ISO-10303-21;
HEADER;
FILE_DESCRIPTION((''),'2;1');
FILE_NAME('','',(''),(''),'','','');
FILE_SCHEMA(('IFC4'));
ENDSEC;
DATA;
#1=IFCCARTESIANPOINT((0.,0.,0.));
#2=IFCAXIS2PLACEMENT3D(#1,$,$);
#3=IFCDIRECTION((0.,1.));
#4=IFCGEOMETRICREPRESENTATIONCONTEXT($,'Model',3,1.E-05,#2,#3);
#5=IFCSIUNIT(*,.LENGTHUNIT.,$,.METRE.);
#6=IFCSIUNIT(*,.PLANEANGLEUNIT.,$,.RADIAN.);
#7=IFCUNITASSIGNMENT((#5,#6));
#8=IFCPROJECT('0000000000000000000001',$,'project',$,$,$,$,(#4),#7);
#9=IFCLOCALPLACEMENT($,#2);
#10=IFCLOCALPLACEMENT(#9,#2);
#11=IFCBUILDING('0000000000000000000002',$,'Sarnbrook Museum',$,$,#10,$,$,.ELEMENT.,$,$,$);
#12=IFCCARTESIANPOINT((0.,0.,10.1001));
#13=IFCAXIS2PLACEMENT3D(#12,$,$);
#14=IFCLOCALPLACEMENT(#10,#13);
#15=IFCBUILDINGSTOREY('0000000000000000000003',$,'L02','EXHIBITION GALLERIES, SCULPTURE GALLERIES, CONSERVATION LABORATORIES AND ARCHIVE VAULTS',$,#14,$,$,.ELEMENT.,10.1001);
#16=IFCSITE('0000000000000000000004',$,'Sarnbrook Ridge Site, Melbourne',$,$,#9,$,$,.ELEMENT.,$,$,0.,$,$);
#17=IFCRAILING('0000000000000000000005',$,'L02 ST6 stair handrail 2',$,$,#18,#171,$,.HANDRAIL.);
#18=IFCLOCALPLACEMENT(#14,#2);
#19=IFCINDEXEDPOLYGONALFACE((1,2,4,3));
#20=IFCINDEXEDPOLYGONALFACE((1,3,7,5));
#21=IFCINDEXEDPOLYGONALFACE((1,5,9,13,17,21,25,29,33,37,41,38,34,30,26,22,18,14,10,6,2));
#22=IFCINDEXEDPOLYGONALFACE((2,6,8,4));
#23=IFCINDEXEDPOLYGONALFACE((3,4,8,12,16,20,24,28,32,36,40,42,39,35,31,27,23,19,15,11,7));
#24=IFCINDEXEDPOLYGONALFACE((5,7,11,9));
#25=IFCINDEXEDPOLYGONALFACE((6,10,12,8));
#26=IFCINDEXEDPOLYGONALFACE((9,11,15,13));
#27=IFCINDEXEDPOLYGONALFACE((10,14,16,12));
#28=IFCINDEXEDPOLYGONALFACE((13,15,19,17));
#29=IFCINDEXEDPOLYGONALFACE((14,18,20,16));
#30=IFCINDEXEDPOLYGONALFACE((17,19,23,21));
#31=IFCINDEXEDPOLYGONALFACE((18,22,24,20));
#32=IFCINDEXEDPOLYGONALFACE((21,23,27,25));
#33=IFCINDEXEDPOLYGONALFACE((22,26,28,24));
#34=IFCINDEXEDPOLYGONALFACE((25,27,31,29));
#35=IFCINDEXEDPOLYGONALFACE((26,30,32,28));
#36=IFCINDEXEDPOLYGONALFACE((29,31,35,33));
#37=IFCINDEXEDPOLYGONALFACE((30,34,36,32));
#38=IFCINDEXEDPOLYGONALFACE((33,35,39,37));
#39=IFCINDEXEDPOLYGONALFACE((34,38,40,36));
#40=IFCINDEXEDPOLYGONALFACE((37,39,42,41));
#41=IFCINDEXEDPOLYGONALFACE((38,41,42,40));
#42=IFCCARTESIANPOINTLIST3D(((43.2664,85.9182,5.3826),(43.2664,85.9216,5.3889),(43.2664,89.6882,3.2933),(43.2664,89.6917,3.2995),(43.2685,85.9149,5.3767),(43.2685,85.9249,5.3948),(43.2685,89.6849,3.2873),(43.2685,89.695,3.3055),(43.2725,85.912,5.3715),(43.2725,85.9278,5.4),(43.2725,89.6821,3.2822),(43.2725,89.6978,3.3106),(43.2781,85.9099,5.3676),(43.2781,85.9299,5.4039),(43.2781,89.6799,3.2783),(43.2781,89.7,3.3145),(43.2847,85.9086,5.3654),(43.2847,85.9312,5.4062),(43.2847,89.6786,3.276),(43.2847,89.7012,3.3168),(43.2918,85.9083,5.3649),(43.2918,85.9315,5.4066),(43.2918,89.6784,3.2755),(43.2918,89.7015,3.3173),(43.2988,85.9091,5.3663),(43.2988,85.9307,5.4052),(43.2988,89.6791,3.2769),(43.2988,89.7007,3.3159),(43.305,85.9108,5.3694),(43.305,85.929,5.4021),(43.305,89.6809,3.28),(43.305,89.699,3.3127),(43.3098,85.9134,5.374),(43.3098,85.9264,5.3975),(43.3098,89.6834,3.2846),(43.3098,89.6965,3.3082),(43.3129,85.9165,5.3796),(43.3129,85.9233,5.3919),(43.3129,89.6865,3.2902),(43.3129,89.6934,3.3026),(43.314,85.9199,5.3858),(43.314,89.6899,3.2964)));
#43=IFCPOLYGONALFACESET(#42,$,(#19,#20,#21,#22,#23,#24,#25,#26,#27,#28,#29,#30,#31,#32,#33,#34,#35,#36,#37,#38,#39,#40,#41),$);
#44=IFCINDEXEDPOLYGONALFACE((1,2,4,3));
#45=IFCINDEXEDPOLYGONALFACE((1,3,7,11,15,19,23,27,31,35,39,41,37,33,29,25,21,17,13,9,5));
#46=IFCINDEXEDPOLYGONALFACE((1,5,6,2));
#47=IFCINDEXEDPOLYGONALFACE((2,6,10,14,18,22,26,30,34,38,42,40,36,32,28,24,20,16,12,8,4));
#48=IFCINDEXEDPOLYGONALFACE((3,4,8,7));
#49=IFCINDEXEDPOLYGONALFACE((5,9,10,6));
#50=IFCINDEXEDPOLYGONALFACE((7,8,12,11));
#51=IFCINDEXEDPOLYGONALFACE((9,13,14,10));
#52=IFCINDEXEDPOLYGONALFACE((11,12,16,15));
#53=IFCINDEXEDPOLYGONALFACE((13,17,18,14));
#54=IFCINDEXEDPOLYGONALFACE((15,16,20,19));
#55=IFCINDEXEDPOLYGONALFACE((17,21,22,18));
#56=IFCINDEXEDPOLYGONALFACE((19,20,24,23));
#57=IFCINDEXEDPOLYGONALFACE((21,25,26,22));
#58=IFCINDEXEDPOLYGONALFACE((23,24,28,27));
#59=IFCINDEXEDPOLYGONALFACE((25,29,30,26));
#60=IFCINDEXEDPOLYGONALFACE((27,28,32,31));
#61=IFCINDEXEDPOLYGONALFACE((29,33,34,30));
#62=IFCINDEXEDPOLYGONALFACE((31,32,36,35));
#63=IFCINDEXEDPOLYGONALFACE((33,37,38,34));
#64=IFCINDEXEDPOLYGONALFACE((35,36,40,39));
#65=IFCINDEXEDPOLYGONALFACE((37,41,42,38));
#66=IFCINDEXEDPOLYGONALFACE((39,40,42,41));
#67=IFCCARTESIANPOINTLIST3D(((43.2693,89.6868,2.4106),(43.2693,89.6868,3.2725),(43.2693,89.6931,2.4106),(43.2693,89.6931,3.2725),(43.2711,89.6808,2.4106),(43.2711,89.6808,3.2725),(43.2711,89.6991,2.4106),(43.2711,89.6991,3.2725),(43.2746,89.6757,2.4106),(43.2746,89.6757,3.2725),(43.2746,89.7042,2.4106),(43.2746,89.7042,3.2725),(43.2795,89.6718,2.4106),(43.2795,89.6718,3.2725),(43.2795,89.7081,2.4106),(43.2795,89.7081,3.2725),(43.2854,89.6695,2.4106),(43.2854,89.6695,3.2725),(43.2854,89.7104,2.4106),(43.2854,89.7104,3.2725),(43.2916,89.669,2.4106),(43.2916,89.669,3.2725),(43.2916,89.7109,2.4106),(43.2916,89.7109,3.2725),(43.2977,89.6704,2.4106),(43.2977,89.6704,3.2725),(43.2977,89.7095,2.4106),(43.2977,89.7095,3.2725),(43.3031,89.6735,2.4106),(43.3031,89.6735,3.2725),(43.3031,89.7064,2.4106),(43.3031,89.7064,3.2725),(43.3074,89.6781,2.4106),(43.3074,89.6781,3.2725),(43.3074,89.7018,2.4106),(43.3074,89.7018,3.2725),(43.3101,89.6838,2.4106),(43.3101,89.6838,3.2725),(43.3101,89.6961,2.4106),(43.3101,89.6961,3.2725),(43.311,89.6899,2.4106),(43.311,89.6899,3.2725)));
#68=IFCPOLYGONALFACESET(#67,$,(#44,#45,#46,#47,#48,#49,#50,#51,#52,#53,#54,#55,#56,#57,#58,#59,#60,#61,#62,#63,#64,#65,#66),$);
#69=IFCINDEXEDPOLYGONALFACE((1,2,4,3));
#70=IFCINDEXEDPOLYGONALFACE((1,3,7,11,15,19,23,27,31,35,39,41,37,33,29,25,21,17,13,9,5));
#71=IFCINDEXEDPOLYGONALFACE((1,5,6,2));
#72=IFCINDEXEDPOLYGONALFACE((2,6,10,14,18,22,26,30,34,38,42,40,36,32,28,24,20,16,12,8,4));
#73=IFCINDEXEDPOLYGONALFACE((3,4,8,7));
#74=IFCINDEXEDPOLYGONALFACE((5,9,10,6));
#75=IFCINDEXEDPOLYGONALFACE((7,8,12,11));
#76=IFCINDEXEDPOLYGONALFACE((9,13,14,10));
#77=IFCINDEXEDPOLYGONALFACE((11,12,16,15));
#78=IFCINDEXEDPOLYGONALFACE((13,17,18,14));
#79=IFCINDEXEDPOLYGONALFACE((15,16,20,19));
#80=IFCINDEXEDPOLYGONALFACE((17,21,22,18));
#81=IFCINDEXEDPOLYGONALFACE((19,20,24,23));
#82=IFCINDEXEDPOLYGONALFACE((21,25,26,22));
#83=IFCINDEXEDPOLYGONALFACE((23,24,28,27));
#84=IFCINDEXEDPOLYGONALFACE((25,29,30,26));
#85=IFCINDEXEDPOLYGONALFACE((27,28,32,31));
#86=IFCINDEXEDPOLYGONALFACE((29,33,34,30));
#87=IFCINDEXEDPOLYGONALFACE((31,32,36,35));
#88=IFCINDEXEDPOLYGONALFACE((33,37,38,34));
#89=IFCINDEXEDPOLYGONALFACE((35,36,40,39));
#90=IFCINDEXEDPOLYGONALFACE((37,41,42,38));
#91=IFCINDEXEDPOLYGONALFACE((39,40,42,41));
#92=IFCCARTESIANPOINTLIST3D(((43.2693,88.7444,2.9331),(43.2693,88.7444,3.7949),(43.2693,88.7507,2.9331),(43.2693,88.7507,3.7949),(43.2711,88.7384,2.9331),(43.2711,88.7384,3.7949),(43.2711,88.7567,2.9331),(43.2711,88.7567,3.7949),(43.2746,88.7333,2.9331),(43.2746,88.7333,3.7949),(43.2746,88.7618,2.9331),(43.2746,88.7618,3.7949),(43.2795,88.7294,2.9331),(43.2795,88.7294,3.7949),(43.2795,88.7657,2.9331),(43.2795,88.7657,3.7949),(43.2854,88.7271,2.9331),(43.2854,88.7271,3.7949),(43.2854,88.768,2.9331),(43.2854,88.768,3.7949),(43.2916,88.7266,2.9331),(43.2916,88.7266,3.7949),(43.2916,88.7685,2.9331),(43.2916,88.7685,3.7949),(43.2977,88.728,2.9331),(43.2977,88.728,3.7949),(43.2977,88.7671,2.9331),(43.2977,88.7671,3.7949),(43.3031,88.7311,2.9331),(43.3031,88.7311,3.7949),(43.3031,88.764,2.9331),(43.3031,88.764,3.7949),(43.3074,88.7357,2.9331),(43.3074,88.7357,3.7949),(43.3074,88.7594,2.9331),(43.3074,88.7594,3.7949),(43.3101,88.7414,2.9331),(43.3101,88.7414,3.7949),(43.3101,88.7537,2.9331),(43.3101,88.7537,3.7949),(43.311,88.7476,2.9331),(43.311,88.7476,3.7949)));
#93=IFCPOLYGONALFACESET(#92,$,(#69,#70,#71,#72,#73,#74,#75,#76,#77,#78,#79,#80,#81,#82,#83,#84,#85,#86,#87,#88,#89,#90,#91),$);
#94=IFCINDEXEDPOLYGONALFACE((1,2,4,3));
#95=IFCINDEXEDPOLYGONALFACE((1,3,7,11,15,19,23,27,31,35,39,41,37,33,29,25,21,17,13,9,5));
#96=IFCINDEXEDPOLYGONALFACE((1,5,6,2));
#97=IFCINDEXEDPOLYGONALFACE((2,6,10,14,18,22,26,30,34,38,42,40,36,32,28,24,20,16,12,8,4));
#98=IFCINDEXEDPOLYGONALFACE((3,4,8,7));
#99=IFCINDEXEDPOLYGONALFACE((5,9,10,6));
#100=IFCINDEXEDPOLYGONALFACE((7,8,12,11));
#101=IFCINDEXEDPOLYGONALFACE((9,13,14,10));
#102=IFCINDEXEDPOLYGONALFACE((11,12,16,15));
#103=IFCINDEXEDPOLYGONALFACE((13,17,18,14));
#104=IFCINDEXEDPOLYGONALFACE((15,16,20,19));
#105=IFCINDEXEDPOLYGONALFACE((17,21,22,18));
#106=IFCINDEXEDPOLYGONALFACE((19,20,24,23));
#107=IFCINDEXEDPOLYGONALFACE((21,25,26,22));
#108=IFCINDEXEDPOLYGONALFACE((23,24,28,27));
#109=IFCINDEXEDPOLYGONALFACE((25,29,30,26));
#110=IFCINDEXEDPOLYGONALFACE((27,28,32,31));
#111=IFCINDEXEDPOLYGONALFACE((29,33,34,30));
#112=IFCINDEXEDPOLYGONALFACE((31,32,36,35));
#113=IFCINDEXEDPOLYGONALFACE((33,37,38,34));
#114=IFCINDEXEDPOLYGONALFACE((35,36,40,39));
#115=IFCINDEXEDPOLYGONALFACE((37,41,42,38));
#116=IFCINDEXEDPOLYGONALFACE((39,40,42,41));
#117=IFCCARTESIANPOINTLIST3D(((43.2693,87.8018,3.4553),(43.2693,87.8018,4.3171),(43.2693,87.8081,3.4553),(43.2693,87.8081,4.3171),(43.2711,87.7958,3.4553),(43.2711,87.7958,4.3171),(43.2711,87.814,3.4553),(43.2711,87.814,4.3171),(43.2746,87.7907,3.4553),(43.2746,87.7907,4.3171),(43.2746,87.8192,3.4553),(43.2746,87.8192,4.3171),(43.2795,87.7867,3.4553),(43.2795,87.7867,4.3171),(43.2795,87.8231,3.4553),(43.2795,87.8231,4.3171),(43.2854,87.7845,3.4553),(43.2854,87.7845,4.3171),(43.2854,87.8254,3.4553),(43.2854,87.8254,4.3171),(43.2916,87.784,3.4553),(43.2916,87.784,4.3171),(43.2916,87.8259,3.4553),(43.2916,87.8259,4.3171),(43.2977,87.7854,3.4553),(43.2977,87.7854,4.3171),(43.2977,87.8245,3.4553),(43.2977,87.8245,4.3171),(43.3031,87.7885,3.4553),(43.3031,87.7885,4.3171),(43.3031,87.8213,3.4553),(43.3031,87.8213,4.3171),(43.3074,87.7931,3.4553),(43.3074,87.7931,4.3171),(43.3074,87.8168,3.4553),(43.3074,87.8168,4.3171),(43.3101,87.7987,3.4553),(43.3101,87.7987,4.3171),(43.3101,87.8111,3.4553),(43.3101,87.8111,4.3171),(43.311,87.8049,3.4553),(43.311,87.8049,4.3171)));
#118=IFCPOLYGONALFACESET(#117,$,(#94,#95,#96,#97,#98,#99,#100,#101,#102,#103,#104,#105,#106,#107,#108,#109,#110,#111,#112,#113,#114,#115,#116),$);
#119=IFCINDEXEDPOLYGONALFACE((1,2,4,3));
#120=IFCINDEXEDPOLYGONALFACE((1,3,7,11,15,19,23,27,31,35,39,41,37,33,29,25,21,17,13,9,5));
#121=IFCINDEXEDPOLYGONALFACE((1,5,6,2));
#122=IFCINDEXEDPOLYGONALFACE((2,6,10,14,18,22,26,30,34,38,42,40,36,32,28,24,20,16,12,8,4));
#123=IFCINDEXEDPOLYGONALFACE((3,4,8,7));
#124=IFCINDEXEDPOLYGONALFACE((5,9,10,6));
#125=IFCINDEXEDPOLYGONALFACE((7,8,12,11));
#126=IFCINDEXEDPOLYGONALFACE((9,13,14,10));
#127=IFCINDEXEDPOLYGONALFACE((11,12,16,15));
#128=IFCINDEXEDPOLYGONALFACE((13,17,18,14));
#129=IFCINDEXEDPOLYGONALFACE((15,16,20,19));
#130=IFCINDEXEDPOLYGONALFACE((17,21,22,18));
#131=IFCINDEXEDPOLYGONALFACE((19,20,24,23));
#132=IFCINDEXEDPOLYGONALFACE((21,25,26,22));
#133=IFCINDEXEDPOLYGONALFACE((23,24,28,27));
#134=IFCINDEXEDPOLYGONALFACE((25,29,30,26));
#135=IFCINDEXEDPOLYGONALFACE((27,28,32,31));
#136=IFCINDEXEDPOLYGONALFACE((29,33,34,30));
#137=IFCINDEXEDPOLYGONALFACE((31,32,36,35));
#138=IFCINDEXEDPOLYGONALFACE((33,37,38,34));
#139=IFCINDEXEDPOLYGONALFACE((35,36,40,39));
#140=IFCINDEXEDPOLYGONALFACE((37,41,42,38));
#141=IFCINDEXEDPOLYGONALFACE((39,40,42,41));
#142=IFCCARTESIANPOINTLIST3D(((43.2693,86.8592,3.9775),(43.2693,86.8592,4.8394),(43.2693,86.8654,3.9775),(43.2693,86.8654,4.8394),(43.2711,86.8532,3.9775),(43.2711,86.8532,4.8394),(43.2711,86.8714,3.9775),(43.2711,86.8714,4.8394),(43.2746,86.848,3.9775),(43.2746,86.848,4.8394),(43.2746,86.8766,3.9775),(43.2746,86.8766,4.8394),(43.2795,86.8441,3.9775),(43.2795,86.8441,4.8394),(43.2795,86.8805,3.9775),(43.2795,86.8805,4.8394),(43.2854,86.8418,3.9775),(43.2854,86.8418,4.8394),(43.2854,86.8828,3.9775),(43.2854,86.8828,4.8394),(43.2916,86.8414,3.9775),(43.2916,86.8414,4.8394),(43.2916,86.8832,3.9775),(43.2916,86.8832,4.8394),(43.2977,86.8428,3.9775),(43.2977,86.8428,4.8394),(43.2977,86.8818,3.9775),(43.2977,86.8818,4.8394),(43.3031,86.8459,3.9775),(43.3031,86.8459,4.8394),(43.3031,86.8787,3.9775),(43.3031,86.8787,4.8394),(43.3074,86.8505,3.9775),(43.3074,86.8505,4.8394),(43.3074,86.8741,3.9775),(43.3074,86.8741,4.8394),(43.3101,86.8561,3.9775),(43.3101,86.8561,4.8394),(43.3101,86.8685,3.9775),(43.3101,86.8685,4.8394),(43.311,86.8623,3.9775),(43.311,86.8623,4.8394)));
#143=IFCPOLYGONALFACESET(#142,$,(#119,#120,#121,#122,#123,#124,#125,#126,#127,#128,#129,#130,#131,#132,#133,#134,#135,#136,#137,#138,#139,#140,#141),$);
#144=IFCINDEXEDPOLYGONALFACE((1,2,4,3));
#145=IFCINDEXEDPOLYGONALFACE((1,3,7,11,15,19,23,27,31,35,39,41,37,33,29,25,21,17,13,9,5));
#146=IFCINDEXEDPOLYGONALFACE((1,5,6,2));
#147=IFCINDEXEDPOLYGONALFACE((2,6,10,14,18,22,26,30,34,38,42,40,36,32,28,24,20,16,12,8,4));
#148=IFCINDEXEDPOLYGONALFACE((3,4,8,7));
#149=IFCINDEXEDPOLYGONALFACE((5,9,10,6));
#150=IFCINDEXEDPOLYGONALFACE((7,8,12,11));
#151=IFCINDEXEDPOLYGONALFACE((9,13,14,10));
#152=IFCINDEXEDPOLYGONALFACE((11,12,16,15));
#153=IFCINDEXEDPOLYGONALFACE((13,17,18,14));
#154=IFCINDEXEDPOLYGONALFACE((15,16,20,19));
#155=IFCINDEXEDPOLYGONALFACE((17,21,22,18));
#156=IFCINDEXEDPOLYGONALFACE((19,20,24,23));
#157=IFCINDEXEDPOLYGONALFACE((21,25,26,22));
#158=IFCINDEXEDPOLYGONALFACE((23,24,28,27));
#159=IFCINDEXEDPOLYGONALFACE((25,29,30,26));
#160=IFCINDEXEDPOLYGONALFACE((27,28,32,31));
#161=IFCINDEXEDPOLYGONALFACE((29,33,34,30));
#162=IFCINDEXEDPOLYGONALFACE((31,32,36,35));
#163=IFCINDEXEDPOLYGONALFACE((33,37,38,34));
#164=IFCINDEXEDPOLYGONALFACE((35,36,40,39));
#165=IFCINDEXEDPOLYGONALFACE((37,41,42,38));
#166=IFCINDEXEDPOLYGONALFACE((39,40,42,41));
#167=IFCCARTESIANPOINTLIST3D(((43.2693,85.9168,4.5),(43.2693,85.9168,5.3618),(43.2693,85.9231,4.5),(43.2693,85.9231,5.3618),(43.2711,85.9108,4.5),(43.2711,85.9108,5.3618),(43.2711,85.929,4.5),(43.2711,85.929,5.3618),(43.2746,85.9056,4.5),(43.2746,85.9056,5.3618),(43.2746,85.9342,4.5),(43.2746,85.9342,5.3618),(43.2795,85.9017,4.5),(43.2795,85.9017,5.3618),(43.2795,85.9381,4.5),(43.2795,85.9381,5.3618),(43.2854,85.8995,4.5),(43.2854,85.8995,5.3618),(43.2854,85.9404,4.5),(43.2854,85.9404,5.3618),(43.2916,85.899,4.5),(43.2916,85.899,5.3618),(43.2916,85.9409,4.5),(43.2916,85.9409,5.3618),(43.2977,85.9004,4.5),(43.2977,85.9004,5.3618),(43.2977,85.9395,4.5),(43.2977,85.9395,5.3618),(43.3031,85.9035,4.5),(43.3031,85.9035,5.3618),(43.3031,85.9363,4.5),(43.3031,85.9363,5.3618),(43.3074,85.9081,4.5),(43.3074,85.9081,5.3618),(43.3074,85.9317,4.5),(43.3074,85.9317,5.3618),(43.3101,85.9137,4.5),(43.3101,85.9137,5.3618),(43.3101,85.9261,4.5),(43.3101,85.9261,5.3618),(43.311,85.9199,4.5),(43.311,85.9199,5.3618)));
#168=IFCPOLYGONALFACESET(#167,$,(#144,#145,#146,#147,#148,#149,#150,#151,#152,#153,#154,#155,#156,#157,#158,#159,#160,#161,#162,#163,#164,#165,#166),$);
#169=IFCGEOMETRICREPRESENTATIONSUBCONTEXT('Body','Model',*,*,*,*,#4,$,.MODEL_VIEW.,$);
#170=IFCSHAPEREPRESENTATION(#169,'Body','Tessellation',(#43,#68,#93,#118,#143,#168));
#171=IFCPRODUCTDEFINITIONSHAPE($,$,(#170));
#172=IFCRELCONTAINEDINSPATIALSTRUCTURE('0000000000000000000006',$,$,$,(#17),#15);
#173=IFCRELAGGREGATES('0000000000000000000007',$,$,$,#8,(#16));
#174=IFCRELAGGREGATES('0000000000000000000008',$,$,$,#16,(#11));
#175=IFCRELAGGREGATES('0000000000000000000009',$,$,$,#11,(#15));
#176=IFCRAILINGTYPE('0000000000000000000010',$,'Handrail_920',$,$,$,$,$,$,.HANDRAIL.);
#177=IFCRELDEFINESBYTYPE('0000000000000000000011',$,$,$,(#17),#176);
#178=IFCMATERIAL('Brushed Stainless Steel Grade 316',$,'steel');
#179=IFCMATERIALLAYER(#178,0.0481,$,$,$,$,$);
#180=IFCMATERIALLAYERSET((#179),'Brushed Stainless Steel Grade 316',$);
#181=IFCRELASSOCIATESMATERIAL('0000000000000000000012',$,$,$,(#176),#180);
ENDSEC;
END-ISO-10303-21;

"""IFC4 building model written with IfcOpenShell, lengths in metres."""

from ifc_helpers import new_model, si_unit, direction, frame, origin, origin_2d, place, context, subcontext, project, spatial, circle, extrude, material, layer, layer_set, type_object, element, save


model = new_model("IFC4")

# Units and contexts
model_context = context("Model", 3, precision=1e-05, world=origin(), true_north=direction((0.0, 1.0)))
body_context = subcontext(model_context, "Body", "Model", "MODEL_VIEW")
ifc_project = project(units=[si_unit("LENGTHUNIT", "METRE"), si_unit("PLANEANGLEUNIT", "RADIAN")], contexts=[model_context])

# Site, building, storey
site_placement = place(None, origin())
site = spatial("IfcSite", under=ifc_project, at=site_placement, Name="Sarnbrook Ridge Site, Melbourne", CompositionType="ELEMENT", RefElevation=0.0)
building_placement = place(site_placement, origin())
building = spatial("IfcBuilding", under=site, at=building_placement, Name="Sarnbrook Museum", CompositionType="ELEMENT")
storey_placement = place(building_placement, frame((0.0, 0.0, 10.1001)))
storey = spatial("IfcBuildingStorey", under=building, at=storey_placement, Name="L02", Description="EXHIBITION GALLERIES, SCULPTURE GALLERIES, CONSERVATION LABORATORIES AND ARCHIVE VAULTS", CompositionType="ELEMENT", Elevation=10.1001)

# Railing
ifc_material_1 = material(Name="Brushed Stainless Steel Grade 316", Category="steel")
ifc_layer_1 = layer(ifc_material_1, 0.0481)
ifc_layer_set_1 = layer_set([ifc_layer_1], Name="Brushed Stainless Steel Grade 316")
railing_type_1 = type_object("IfcRailingType", Name="Handrail_920", PredefinedType="HANDRAIL", material=ifc_layer_set_1)
railing_1_placement = place(storey_placement, frame((43.29, 89.6899, 2.4106)))
element("IfcRailing", 1, at=railing_1_placement, inside=storey, type_object=railing_type_1, Name="L02 ST6 stair handrail 2", PredefinedType="HANDRAIL", context=body_context, shape_type="SweptSolid", body=[
    extrude(circle(Radius=0.0239, at=origin_2d()), frame((0.0, 0.0, 0.8857), z_axis=(0.0, -0.874659, 0.484739), x_axis=(1.0, 0.0, 0.0)), (0.0, 0.0, 1.0), 4.3103),
    extrude(circle(Radius=0.021, at=origin_2d()), origin(), (0.0, 0.0, 1.0), 0.8618),
    extrude(circle(Radius=0.021, at=origin_2d()), frame((0.0, -0.9424, 0.5225)), (0.0, 0.0, 1.0), 0.8618),
    extrude(circle(Radius=0.021, at=origin_2d()), frame((0.0, -1.885, 1.0447)), (0.0, 0.0, 1.0), 0.8618),
    extrude(circle(Radius=0.021, at=origin_2d()), frame((0.0, -2.8276, 1.5669)), (0.0, 0.0, 1.0), 0.8618),
    extrude(circle(Radius=0.021, at=origin_2d()), frame((0.0, -3.77, 2.0894)), (0.0, 0.0, 1.0), 0.8618),
])

save(model, "model.ifc")
